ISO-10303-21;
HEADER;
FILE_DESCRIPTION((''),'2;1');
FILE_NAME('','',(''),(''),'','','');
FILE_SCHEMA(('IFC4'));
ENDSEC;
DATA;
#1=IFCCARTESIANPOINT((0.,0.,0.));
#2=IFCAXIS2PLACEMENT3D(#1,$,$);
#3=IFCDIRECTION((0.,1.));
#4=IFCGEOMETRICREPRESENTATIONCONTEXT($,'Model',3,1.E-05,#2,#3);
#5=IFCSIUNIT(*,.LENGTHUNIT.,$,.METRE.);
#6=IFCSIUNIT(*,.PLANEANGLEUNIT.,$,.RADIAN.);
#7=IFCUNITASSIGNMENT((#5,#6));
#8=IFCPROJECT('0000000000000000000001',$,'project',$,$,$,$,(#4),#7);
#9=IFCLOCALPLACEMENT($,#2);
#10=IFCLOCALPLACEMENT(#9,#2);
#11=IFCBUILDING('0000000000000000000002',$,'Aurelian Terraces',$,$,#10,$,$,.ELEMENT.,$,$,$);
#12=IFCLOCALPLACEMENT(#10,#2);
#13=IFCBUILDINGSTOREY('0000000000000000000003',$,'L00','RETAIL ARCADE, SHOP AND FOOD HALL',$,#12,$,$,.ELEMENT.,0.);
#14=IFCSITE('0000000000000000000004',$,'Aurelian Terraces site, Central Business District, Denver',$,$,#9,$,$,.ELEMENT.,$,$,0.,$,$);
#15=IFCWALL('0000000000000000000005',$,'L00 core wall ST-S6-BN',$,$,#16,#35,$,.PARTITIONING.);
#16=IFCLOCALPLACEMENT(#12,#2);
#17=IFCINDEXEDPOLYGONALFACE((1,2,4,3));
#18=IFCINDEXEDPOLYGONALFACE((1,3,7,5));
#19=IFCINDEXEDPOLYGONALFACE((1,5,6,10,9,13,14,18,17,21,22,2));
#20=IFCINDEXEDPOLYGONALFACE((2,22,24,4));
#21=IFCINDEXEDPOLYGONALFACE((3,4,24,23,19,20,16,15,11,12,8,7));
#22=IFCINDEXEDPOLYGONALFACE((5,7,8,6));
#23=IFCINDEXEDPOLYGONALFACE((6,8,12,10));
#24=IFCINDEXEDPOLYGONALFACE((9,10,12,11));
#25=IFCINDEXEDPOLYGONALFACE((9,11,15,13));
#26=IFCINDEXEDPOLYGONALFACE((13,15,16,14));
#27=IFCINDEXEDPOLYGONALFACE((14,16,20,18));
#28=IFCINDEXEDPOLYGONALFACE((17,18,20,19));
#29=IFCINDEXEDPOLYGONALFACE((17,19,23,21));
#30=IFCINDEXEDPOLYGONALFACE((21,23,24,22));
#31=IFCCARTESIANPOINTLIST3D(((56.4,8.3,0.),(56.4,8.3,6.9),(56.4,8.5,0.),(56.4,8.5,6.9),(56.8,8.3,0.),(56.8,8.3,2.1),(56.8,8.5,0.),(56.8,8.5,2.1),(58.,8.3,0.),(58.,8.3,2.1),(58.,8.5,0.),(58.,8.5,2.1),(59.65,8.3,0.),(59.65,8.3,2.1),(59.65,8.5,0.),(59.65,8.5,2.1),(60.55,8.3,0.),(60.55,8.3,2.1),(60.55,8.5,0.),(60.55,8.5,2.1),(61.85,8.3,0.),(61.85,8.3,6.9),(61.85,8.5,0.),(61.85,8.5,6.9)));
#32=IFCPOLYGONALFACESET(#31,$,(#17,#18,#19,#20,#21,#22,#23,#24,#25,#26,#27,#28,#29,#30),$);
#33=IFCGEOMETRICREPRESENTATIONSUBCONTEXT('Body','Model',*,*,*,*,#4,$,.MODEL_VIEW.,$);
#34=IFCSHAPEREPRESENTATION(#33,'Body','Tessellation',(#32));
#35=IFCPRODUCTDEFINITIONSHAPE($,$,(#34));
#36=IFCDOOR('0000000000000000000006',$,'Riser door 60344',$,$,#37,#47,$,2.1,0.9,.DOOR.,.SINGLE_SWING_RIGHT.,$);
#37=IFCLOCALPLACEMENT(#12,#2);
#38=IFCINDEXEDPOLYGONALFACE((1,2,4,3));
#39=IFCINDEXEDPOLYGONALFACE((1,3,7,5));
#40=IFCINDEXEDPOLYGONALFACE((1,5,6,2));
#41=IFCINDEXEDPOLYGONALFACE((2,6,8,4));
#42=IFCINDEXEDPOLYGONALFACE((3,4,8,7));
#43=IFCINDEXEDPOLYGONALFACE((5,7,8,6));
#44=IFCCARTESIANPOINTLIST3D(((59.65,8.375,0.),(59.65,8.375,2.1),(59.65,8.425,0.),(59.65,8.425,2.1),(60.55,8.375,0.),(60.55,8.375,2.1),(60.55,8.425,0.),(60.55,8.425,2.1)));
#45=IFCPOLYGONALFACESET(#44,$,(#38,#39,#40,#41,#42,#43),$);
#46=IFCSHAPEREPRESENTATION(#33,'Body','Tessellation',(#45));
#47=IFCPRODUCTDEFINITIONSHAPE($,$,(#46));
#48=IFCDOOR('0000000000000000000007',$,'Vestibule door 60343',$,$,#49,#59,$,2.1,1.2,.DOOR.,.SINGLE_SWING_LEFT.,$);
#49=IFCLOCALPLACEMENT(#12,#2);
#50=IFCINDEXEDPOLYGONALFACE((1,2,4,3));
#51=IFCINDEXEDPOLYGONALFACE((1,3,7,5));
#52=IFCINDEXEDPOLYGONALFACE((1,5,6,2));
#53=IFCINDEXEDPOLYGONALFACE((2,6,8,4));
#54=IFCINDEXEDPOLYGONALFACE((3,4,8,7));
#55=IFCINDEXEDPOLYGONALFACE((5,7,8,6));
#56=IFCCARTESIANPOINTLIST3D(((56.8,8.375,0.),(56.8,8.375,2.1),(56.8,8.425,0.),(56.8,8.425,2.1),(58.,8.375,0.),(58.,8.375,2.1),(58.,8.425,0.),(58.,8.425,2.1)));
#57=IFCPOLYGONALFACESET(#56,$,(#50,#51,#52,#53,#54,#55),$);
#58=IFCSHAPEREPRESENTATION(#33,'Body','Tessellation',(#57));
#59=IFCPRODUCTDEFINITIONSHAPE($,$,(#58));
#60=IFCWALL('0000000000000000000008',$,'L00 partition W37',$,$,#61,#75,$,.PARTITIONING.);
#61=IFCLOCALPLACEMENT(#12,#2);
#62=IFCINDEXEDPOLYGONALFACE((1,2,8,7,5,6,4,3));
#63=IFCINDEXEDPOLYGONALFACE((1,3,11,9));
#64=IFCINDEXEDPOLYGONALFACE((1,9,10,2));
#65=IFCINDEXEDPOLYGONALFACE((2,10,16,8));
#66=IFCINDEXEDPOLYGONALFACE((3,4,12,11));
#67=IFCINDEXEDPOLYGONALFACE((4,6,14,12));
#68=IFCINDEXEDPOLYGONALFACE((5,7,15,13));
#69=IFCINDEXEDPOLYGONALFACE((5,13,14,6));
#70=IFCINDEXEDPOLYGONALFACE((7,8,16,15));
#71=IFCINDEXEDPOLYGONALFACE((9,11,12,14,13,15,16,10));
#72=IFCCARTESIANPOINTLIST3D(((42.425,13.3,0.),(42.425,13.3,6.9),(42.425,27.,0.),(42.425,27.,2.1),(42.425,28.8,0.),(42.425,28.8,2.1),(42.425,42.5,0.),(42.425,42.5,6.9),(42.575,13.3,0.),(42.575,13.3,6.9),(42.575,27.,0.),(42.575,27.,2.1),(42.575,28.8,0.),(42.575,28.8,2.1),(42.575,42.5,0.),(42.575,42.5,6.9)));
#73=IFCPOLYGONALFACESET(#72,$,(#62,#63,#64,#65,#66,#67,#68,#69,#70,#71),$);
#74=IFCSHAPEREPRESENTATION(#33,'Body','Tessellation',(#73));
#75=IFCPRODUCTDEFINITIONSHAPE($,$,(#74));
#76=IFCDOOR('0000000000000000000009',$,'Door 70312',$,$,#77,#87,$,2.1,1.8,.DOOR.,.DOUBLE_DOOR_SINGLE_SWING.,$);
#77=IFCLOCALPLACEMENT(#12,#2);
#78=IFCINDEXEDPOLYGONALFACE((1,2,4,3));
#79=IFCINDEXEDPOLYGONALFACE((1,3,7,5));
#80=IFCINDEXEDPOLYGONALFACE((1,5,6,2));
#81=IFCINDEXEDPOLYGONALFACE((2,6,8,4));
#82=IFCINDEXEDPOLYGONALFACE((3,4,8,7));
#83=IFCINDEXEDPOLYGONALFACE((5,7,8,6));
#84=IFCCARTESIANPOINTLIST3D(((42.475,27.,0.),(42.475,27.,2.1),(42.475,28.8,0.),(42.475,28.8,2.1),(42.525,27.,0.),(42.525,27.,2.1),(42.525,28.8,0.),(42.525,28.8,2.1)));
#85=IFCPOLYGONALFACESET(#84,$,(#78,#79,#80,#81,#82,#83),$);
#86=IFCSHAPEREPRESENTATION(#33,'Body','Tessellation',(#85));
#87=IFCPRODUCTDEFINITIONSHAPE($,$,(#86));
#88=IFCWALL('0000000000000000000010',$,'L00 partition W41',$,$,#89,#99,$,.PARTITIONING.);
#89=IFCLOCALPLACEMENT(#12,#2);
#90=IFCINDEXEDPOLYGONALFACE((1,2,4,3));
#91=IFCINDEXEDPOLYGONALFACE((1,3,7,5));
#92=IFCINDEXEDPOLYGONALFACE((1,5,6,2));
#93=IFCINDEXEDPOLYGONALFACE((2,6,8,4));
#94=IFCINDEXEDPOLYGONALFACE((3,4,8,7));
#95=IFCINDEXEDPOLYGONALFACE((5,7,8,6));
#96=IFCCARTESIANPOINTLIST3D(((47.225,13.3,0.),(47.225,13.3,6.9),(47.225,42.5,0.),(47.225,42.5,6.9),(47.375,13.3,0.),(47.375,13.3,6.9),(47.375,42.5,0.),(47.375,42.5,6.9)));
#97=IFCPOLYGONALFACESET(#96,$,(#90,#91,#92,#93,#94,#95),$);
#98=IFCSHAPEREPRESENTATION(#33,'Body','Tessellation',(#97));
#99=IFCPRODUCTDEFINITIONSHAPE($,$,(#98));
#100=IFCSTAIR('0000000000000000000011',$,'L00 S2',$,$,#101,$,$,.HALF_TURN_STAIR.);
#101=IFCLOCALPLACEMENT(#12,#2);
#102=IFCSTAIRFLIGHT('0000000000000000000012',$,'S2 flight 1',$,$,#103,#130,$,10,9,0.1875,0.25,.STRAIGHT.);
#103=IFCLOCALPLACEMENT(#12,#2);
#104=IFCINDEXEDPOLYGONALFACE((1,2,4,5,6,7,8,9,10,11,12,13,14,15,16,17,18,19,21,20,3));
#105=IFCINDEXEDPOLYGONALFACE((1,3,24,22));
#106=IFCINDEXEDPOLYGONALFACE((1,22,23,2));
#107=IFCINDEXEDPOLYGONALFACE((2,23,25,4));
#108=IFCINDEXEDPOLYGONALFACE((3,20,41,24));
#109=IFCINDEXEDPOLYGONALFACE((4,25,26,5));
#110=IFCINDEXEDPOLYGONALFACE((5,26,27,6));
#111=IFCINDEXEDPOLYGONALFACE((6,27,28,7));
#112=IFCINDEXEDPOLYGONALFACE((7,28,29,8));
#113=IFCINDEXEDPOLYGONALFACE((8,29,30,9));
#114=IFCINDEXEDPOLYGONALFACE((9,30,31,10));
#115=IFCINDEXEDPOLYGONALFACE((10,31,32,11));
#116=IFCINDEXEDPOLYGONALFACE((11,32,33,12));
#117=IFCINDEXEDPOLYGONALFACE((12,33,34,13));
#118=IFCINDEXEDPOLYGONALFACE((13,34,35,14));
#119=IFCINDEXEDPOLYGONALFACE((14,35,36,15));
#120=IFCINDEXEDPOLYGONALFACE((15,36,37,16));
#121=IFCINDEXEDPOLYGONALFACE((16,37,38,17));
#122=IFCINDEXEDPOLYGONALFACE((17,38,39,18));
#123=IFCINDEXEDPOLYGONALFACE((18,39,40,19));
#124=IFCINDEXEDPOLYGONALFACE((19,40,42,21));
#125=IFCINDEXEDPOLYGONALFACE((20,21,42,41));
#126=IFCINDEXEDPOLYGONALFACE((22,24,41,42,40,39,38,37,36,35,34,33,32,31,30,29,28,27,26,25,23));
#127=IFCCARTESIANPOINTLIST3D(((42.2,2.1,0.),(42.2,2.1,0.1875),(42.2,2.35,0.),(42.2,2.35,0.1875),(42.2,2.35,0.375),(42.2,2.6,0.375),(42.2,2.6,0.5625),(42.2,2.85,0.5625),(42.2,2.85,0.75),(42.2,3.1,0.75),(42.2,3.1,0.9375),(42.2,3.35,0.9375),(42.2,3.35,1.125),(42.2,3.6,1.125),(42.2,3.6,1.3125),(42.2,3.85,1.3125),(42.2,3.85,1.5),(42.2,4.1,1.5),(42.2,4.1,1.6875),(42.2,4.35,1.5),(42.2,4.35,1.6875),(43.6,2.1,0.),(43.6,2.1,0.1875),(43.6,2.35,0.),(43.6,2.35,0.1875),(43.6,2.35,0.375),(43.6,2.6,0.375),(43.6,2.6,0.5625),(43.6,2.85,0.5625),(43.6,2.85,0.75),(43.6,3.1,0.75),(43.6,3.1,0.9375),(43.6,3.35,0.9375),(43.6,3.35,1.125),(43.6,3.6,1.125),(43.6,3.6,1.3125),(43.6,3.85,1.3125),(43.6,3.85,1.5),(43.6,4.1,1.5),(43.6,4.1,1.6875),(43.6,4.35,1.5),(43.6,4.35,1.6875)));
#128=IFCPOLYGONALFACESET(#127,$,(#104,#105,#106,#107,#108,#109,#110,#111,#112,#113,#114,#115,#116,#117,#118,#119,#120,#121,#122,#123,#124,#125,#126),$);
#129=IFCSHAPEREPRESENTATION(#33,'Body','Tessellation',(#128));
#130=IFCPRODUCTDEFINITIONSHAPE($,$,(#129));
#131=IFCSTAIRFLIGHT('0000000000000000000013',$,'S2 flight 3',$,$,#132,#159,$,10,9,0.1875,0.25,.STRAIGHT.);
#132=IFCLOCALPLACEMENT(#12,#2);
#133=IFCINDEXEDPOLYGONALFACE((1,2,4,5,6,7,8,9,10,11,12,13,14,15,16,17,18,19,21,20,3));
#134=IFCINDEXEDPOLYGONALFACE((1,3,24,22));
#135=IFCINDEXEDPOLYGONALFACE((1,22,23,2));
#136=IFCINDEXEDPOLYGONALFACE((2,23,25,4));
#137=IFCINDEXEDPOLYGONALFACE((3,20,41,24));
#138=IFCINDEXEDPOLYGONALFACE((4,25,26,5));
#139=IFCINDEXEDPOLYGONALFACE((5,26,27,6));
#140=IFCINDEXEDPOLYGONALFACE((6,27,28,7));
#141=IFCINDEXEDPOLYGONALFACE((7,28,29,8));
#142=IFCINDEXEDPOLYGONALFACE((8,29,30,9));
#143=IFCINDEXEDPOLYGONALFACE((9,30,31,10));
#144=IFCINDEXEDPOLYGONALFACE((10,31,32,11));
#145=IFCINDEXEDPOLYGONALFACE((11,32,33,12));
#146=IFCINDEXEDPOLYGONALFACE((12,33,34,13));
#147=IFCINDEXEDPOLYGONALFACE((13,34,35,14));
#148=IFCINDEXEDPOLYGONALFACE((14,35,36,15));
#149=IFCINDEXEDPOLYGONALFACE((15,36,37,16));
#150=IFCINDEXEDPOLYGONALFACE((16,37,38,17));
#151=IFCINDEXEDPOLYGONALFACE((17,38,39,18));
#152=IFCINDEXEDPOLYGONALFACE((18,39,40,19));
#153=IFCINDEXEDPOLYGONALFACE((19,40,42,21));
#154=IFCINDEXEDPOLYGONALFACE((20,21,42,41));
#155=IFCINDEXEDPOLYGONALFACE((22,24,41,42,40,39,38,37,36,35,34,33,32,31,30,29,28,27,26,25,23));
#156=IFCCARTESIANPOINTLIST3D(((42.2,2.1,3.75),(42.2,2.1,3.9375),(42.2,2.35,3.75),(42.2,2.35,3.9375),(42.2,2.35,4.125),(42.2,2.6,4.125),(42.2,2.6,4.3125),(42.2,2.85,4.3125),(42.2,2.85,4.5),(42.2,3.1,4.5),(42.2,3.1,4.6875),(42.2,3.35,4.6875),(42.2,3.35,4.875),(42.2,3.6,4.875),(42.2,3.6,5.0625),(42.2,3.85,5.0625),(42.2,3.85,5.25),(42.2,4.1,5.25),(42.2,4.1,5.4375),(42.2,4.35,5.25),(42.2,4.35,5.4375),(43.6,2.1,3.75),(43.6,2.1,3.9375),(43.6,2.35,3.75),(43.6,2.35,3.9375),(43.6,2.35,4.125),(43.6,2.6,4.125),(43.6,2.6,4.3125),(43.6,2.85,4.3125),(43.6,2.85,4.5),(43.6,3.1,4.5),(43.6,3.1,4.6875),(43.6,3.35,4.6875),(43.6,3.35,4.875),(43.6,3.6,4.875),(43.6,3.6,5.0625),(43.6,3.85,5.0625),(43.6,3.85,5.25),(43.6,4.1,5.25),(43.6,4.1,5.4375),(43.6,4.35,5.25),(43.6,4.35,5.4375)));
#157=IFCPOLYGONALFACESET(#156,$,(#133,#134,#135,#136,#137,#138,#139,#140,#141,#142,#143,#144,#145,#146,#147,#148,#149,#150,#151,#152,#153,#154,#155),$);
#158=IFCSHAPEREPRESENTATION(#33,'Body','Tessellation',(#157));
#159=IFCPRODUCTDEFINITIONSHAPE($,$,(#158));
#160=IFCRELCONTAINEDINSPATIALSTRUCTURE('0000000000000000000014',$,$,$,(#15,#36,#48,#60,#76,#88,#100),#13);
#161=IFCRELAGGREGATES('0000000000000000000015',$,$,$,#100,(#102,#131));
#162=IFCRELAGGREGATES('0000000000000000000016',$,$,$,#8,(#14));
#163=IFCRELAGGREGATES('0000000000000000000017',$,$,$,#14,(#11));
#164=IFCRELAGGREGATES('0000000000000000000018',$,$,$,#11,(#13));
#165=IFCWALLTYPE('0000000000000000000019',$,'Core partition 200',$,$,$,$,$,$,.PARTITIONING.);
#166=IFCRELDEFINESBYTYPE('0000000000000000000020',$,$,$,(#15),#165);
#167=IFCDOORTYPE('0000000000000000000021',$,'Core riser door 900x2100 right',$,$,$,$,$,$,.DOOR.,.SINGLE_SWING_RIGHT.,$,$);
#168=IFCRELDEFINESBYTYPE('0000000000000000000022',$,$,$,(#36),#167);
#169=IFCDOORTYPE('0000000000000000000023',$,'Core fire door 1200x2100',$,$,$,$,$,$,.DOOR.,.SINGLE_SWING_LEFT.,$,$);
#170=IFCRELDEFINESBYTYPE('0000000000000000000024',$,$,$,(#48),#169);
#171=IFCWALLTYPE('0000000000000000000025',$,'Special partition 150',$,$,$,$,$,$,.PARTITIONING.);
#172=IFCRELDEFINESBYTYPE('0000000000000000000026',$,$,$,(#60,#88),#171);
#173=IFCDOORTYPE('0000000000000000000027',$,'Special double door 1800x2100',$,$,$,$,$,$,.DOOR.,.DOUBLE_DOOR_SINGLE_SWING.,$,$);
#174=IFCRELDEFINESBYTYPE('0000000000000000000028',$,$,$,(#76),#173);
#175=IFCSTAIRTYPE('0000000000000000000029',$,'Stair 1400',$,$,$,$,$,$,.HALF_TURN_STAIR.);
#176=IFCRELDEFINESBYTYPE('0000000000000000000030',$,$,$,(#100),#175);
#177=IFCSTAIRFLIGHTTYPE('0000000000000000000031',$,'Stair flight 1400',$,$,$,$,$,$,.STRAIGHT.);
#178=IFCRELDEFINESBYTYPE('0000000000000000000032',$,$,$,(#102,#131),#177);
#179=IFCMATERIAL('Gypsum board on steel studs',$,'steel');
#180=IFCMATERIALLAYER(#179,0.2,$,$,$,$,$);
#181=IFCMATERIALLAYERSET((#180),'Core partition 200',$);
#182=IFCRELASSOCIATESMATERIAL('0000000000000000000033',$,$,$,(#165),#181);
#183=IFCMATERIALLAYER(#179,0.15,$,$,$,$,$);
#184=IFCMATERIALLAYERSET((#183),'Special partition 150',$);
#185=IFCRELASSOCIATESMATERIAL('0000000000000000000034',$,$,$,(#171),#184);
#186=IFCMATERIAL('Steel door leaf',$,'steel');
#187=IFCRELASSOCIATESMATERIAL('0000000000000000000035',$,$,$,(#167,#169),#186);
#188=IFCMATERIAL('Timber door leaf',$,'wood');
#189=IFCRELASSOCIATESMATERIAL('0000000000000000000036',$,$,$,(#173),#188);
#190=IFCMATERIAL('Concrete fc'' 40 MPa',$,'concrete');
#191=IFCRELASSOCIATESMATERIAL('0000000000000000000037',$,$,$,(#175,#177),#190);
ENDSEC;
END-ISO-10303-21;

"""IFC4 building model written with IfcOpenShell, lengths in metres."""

from ifc_helpers import new_model, si_unit, direction, frame, frame_2d, origin, place, context, subcontext, project, spatial, polyline, rectangle, outline, extrude, source, transform, mapped, material, layer, layer_set, type_object, element, fill, aggregate, save


model = new_model("IFC4")

# Units and contexts
model_context = context("Model", 3, precision=1e-05, world=origin(), true_north=direction((0.0, 1.0)))
body_context = subcontext(model_context, "Body", "Model", "MODEL_VIEW")
ifc_project = project(units=[si_unit("LENGTHUNIT", "METRE"), si_unit("PLANEANGLEUNIT", "RADIAN")], contexts=[model_context])

# Site, building, storey
site_placement = place(None, origin())
site = spatial("IfcSite", under=ifc_project, at=site_placement, Name="Aurelian Terraces site, Central Business District, Denver", CompositionType="ELEMENT", RefElevation=0.0)
building_placement = place(site_placement, origin())
building = spatial("IfcBuilding", under=site, at=building_placement, Name="Aurelian Terraces", CompositionType="ELEMENT")
storey_placement = place(building_placement, origin())
storey = spatial("IfcBuildingStorey", under=building, at=storey_placement, Name="L00", Description="RETAIL ARCADE, SHOP AND FOOD HALL", CompositionType="ELEMENT", Elevation=0.0)

# Shared definitions
ifc_material_1 = material(Name="Gypsum board on steel studs", Category="steel")
ifc_layer_1 = layer(ifc_material_1, 0.2)
ifc_layer_set_1 = layer_set([ifc_layer_1], Name="Core partition 200")
wall_type_1 = type_object("IfcWallType", Name="Core partition 200", PredefinedType="PARTITIONING", material=ifc_layer_set_1)
ifc_layer_2 = layer(ifc_material_1, 0.15)
ifc_layer_set_2 = layer_set([ifc_layer_2], Name="Special partition 150")
wall_type_2 = type_object("IfcWallType", Name="Special partition 150", PredefinedType="PARTITIONING", material=ifc_layer_set_2)

# Shared definitions
ifc_material_2 = material(Name="Concrete fc' 40 MPa", Category="concrete")
ifc_material_3 = material(Name="Steel door leaf", Category="steel")

# Wall, openings, doors
shared_shape_1 = source(origin(), body_context, "Body", "SweptSolid", [
    extrude(rectangle(XDim=5.45, YDim=0.2, at=frame_2d((2.725, 0.0))), origin(), (0.0, 0.0, 1.0), 6.9),
])
wall_1_placement = place(storey_placement, frame((56.4, 8.4, 0.0), z_axis=(0.0, 0.0, 1.0), x_axis=(1.0, 0.0, 0.0)))
wall_1 = element("IfcWall", 1, at=wall_1_placement, inside=storey, type_object=wall_type_1, Name="L00 core wall ST-S6-BN", PredefinedType="PARTITIONING", context=body_context, shape_type="MappedRepresentation", body=[
    mapped(shared_shape_1, transform((0.0, 0.0, 0.0), scale=1.0)),
])
shared_shape_2 = source(origin(), body_context, "Body", "SweptSolid", [
    extrude(rectangle(XDim=1.2, YDim=2.1, at=frame_2d((0.6, 1.05))), frame((0.0, 0.11, 0.0), z_axis=(0.0, -1.0, 0.0), x_axis=(1.0, 0.0, 0.0)), (0.0, 0.0, 1.0), 0.22),
])
opening_1_placement = place(wall_1_placement, frame((0.4, 0.0, 0.0)))
opening_1 = element("IfcOpeningElement", 2, at=opening_1_placement, cuts=wall_1, PredefinedType="OPENING", context=body_context, shape_type="MappedRepresentation", body=[
    mapped(shared_shape_2, transform((0.0, 0.0, 0.0), scale=1.0)),
])
shared_shape_3 = source(origin(), body_context, "Body", "SweptSolid", [
    extrude(rectangle(XDim=0.9, YDim=2.1, at=frame_2d((0.45, 1.05))), frame((0.0, 0.11, 0.0), z_axis=(0.0, -1.0, 0.0), x_axis=(1.0, 0.0, 0.0)), (0.0, 0.0, 1.0), 0.22),
])
opening_2_placement = place(wall_1_placement, frame((3.25, 0.0, 0.0)))
opening_2 = element("IfcOpeningElement", 3, at=opening_2_placement, cuts=wall_1, PredefinedType="OPENING", context=body_context, shape_type="MappedRepresentation", body=[
    mapped(shared_shape_3, transform((0.0, 0.0, 0.0), scale=1.0)),
])
door_type_1 = type_object("IfcDoorType", Name="Core riser door 900x2100 right", OperationType="SINGLE_SWING_RIGHT", PredefinedType="DOOR", material=ifc_material_3)
shared_shape_4 = source(origin(), body_context, "Body", "SweptSolid", [
    extrude(rectangle(XDim=0.9, YDim=2.1, at=frame_2d((0.45, 1.05))), frame((0.0, 0.025, 0.0), z_axis=(0.0, -1.0, 0.0), x_axis=(1.0, 0.0, 0.0)), (0.0, 0.0, 1.0), 0.05),
])
door_1_placement = place(opening_2_placement, origin())
door_1 = element("IfcDoor", 4, at=door_1_placement, inside=storey, type_object=door_type_1, Name="Riser door 60344", OperationType="SINGLE_SWING_RIGHT", OverallHeight=2.1, OverallWidth=0.9, PredefinedType="DOOR", context=body_context, shape_type="MappedRepresentation", body=[
    mapped(shared_shape_4, transform((0.0, 0.0, 0.0), scale=1.0)),
])
fill(opening_2, door_1)
door_type_2 = type_object("IfcDoorType", Name="Core fire door 1200x2100", OperationType="SINGLE_SWING_LEFT", PredefinedType="DOOR", material=ifc_material_3)
shared_shape_5 = source(origin(), body_context, "Body", "SweptSolid", [
    extrude(rectangle(XDim=1.2, YDim=2.1, at=frame_2d((0.6, 1.05))), frame((0.0, 0.025, 0.0), z_axis=(0.0, -1.0, 0.0), x_axis=(1.0, 0.0, 0.0)), (0.0, 0.0, 1.0), 0.05),
])
door_2_placement = place(opening_1_placement, origin())
door_2 = element("IfcDoor", 5, at=door_2_placement, inside=storey, type_object=door_type_2, Name="Vestibule door 60343", OperationType="SINGLE_SWING_LEFT", OverallHeight=2.1, OverallWidth=1.2, PredefinedType="DOOR", context=body_context, shape_type="MappedRepresentation", body=[
    mapped(shared_shape_5, transform((0.0, 0.0, 0.0), scale=1.0)),
])
fill(opening_1, door_2)

# Wall, opening, door
shared_shape_6 = source(origin(), body_context, "Body", "SweptSolid", [
    extrude(rectangle(XDim=29.2, YDim=0.15, at=frame_2d((14.6, 0.0))), origin(), (0.0, 0.0, 1.0), 6.9),
])
wall_2_placement = place(storey_placement, frame((42.5, 13.3, 0.0), z_axis=(0.0, 0.0, 1.0), x_axis=(0.0, 1.0, 0.0)))
wall_2 = element("IfcWall", 6, at=wall_2_placement, inside=storey, type_object=wall_type_2, Name="L00 partition W37", PredefinedType="PARTITIONING", context=body_context, shape_type="MappedRepresentation", body=[
    mapped(shared_shape_6, transform((0.0, 0.0, 0.0), scale=1.0)),
])
shared_shape_7 = source(origin(), body_context, "Body", "SweptSolid", [
    extrude(rectangle(XDim=1.8, YDim=2.1, at=frame_2d((0.9, 1.05))), frame((0.0, 0.085, 0.0), z_axis=(0.0, -1.0, 0.0), x_axis=(1.0, 0.0, 0.0)), (0.0, 0.0, 1.0), 0.17),
])
opening_3_placement = place(wall_2_placement, frame((13.7, 0.0, 0.0)))
opening_3 = element("IfcOpeningElement", 7, at=opening_3_placement, cuts=wall_2, PredefinedType="OPENING", context=body_context, shape_type="MappedRepresentation", body=[
    mapped(shared_shape_7, transform((0.0, 0.0, 0.0), scale=1.0)),
])
ifc_material_4 = material(Name="Timber door leaf", Category="wood")
door_type_3 = type_object("IfcDoorType", Name="Special double door 1800x2100", OperationType="DOUBLE_DOOR_SINGLE_SWING", PredefinedType="DOOR", material=ifc_material_4)
shared_shape_8 = source(origin(), body_context, "Body", "SweptSolid", [
    extrude(rectangle(XDim=1.8, YDim=2.1, at=frame_2d((0.9, 1.05))), frame((0.0, 0.025, 0.0), z_axis=(0.0, -1.0, 0.0), x_axis=(1.0, 0.0, 0.0)), (0.0, 0.0, 1.0), 0.05),
])
door_3_placement = place(opening_3_placement, origin())
door_3 = element("IfcDoor", 8, at=door_3_placement, inside=storey, type_object=door_type_3, Name="Door 70312", OperationType="DOUBLE_DOOR_SINGLE_SWING", OverallHeight=2.1, OverallWidth=1.8, PredefinedType="DOOR", context=body_context, shape_type="MappedRepresentation", body=[
    mapped(shared_shape_8, transform((0.0, 0.0, 0.0), scale=1.0)),
])
fill(opening_3, door_3)

# Wall
wall_3_placement = place(storey_placement, frame((47.3, 13.3, 0.0), z_axis=(0.0, 0.0, 1.0), x_axis=(0.0, 1.0, 0.0)))
element("IfcWall", 9, at=wall_3_placement, inside=storey, type_object=wall_type_2, Name="L00 partition W41", PredefinedType="PARTITIONING", context=body_context, shape_type="MappedRepresentation", body=[
    mapped(shared_shape_6, transform((0.0, 0.0, 0.0), scale=1.0)),
])

# Stair, stair flights
stair_type = type_object("IfcStairType", Name="Stair 1400", PredefinedType="HALF_TURN_STAIR", material=ifc_material_2)
stair_placement = place(storey_placement, origin())
stair = element("IfcStair", 10, at=stair_placement, inside=storey, type_object=stair_type, Name="L00 S2", PredefinedType="HALF_TURN_STAIR")
stair_flight_type = type_object("IfcStairFlightType", Name="Stair flight 1400", PredefinedType="STRAIGHT", material=ifc_material_2)
shared_shape_9 = source(origin(), body_context, "Body", "SweptSolid", [
    extrude(outline(polyline([(0.0, 0.0), (0.0, 0.1875), (0.25, 0.1875), (0.25, 0.375), (0.5, 0.375), (0.5, 0.5625), (0.75, 0.5625), (0.75, 0.75), (1.0, 0.75), (1.0, 0.9375), (1.25, 0.9375), (1.25, 1.125), (1.5, 1.125), (1.5, 1.3125), (1.75, 1.3125), (1.75, 1.5), (2.0, 1.5), (2.0, 1.6875), (2.25, 1.6875), (2.25, 1.875), (2.25, 1.5), (0.25, 0.0), (0.0, 0.0)])), frame((0.0, 0.7, 0.0), z_axis=(0.0, -1.0, 0.0), x_axis=(1.0, 0.0, 0.0)), (0.0, 0.0, 1.0), 1.4),
])
stair_flight_1_placement = place(storey_placement, frame((42.9, 2.1, 0.0), z_axis=(0.0, 0.0, 1.0), x_axis=(0.0, 1.0, 0.0)))
stair_flight_1 = element("IfcStairFlight", 11, at=stair_flight_1_placement, type_object=stair_flight_type, Name="S2 flight 1", NumberOfRisers=10, NumberOfTreads=9, PredefinedType="STRAIGHT", RiserHeight=0.1875, TreadLength=0.25, context=body_context, shape_type="MappedRepresentation", body=[
    mapped(shared_shape_9, transform((0.0, 0.0, 0.0), scale=1.0)),
])
stair_flight_2_placement = place(storey_placement, frame((42.9, 2.1, 3.75), z_axis=(0.0, 0.0, 1.0), x_axis=(0.0, 1.0, 0.0)))
stair_flight_2 = element("IfcStairFlight", 12, at=stair_flight_2_placement, type_object=stair_flight_type, Name="S2 flight 3", NumberOfRisers=10, NumberOfTreads=9, PredefinedType="STRAIGHT", RiserHeight=0.1875, TreadLength=0.25, context=body_context, shape_type="MappedRepresentation", body=[
    mapped(shared_shape_9, transform((0.0, 0.0, 0.0), scale=1.0)),
])
aggregate(stair, [stair_flight_1, stair_flight_2])

save(model, "model.ifc")
